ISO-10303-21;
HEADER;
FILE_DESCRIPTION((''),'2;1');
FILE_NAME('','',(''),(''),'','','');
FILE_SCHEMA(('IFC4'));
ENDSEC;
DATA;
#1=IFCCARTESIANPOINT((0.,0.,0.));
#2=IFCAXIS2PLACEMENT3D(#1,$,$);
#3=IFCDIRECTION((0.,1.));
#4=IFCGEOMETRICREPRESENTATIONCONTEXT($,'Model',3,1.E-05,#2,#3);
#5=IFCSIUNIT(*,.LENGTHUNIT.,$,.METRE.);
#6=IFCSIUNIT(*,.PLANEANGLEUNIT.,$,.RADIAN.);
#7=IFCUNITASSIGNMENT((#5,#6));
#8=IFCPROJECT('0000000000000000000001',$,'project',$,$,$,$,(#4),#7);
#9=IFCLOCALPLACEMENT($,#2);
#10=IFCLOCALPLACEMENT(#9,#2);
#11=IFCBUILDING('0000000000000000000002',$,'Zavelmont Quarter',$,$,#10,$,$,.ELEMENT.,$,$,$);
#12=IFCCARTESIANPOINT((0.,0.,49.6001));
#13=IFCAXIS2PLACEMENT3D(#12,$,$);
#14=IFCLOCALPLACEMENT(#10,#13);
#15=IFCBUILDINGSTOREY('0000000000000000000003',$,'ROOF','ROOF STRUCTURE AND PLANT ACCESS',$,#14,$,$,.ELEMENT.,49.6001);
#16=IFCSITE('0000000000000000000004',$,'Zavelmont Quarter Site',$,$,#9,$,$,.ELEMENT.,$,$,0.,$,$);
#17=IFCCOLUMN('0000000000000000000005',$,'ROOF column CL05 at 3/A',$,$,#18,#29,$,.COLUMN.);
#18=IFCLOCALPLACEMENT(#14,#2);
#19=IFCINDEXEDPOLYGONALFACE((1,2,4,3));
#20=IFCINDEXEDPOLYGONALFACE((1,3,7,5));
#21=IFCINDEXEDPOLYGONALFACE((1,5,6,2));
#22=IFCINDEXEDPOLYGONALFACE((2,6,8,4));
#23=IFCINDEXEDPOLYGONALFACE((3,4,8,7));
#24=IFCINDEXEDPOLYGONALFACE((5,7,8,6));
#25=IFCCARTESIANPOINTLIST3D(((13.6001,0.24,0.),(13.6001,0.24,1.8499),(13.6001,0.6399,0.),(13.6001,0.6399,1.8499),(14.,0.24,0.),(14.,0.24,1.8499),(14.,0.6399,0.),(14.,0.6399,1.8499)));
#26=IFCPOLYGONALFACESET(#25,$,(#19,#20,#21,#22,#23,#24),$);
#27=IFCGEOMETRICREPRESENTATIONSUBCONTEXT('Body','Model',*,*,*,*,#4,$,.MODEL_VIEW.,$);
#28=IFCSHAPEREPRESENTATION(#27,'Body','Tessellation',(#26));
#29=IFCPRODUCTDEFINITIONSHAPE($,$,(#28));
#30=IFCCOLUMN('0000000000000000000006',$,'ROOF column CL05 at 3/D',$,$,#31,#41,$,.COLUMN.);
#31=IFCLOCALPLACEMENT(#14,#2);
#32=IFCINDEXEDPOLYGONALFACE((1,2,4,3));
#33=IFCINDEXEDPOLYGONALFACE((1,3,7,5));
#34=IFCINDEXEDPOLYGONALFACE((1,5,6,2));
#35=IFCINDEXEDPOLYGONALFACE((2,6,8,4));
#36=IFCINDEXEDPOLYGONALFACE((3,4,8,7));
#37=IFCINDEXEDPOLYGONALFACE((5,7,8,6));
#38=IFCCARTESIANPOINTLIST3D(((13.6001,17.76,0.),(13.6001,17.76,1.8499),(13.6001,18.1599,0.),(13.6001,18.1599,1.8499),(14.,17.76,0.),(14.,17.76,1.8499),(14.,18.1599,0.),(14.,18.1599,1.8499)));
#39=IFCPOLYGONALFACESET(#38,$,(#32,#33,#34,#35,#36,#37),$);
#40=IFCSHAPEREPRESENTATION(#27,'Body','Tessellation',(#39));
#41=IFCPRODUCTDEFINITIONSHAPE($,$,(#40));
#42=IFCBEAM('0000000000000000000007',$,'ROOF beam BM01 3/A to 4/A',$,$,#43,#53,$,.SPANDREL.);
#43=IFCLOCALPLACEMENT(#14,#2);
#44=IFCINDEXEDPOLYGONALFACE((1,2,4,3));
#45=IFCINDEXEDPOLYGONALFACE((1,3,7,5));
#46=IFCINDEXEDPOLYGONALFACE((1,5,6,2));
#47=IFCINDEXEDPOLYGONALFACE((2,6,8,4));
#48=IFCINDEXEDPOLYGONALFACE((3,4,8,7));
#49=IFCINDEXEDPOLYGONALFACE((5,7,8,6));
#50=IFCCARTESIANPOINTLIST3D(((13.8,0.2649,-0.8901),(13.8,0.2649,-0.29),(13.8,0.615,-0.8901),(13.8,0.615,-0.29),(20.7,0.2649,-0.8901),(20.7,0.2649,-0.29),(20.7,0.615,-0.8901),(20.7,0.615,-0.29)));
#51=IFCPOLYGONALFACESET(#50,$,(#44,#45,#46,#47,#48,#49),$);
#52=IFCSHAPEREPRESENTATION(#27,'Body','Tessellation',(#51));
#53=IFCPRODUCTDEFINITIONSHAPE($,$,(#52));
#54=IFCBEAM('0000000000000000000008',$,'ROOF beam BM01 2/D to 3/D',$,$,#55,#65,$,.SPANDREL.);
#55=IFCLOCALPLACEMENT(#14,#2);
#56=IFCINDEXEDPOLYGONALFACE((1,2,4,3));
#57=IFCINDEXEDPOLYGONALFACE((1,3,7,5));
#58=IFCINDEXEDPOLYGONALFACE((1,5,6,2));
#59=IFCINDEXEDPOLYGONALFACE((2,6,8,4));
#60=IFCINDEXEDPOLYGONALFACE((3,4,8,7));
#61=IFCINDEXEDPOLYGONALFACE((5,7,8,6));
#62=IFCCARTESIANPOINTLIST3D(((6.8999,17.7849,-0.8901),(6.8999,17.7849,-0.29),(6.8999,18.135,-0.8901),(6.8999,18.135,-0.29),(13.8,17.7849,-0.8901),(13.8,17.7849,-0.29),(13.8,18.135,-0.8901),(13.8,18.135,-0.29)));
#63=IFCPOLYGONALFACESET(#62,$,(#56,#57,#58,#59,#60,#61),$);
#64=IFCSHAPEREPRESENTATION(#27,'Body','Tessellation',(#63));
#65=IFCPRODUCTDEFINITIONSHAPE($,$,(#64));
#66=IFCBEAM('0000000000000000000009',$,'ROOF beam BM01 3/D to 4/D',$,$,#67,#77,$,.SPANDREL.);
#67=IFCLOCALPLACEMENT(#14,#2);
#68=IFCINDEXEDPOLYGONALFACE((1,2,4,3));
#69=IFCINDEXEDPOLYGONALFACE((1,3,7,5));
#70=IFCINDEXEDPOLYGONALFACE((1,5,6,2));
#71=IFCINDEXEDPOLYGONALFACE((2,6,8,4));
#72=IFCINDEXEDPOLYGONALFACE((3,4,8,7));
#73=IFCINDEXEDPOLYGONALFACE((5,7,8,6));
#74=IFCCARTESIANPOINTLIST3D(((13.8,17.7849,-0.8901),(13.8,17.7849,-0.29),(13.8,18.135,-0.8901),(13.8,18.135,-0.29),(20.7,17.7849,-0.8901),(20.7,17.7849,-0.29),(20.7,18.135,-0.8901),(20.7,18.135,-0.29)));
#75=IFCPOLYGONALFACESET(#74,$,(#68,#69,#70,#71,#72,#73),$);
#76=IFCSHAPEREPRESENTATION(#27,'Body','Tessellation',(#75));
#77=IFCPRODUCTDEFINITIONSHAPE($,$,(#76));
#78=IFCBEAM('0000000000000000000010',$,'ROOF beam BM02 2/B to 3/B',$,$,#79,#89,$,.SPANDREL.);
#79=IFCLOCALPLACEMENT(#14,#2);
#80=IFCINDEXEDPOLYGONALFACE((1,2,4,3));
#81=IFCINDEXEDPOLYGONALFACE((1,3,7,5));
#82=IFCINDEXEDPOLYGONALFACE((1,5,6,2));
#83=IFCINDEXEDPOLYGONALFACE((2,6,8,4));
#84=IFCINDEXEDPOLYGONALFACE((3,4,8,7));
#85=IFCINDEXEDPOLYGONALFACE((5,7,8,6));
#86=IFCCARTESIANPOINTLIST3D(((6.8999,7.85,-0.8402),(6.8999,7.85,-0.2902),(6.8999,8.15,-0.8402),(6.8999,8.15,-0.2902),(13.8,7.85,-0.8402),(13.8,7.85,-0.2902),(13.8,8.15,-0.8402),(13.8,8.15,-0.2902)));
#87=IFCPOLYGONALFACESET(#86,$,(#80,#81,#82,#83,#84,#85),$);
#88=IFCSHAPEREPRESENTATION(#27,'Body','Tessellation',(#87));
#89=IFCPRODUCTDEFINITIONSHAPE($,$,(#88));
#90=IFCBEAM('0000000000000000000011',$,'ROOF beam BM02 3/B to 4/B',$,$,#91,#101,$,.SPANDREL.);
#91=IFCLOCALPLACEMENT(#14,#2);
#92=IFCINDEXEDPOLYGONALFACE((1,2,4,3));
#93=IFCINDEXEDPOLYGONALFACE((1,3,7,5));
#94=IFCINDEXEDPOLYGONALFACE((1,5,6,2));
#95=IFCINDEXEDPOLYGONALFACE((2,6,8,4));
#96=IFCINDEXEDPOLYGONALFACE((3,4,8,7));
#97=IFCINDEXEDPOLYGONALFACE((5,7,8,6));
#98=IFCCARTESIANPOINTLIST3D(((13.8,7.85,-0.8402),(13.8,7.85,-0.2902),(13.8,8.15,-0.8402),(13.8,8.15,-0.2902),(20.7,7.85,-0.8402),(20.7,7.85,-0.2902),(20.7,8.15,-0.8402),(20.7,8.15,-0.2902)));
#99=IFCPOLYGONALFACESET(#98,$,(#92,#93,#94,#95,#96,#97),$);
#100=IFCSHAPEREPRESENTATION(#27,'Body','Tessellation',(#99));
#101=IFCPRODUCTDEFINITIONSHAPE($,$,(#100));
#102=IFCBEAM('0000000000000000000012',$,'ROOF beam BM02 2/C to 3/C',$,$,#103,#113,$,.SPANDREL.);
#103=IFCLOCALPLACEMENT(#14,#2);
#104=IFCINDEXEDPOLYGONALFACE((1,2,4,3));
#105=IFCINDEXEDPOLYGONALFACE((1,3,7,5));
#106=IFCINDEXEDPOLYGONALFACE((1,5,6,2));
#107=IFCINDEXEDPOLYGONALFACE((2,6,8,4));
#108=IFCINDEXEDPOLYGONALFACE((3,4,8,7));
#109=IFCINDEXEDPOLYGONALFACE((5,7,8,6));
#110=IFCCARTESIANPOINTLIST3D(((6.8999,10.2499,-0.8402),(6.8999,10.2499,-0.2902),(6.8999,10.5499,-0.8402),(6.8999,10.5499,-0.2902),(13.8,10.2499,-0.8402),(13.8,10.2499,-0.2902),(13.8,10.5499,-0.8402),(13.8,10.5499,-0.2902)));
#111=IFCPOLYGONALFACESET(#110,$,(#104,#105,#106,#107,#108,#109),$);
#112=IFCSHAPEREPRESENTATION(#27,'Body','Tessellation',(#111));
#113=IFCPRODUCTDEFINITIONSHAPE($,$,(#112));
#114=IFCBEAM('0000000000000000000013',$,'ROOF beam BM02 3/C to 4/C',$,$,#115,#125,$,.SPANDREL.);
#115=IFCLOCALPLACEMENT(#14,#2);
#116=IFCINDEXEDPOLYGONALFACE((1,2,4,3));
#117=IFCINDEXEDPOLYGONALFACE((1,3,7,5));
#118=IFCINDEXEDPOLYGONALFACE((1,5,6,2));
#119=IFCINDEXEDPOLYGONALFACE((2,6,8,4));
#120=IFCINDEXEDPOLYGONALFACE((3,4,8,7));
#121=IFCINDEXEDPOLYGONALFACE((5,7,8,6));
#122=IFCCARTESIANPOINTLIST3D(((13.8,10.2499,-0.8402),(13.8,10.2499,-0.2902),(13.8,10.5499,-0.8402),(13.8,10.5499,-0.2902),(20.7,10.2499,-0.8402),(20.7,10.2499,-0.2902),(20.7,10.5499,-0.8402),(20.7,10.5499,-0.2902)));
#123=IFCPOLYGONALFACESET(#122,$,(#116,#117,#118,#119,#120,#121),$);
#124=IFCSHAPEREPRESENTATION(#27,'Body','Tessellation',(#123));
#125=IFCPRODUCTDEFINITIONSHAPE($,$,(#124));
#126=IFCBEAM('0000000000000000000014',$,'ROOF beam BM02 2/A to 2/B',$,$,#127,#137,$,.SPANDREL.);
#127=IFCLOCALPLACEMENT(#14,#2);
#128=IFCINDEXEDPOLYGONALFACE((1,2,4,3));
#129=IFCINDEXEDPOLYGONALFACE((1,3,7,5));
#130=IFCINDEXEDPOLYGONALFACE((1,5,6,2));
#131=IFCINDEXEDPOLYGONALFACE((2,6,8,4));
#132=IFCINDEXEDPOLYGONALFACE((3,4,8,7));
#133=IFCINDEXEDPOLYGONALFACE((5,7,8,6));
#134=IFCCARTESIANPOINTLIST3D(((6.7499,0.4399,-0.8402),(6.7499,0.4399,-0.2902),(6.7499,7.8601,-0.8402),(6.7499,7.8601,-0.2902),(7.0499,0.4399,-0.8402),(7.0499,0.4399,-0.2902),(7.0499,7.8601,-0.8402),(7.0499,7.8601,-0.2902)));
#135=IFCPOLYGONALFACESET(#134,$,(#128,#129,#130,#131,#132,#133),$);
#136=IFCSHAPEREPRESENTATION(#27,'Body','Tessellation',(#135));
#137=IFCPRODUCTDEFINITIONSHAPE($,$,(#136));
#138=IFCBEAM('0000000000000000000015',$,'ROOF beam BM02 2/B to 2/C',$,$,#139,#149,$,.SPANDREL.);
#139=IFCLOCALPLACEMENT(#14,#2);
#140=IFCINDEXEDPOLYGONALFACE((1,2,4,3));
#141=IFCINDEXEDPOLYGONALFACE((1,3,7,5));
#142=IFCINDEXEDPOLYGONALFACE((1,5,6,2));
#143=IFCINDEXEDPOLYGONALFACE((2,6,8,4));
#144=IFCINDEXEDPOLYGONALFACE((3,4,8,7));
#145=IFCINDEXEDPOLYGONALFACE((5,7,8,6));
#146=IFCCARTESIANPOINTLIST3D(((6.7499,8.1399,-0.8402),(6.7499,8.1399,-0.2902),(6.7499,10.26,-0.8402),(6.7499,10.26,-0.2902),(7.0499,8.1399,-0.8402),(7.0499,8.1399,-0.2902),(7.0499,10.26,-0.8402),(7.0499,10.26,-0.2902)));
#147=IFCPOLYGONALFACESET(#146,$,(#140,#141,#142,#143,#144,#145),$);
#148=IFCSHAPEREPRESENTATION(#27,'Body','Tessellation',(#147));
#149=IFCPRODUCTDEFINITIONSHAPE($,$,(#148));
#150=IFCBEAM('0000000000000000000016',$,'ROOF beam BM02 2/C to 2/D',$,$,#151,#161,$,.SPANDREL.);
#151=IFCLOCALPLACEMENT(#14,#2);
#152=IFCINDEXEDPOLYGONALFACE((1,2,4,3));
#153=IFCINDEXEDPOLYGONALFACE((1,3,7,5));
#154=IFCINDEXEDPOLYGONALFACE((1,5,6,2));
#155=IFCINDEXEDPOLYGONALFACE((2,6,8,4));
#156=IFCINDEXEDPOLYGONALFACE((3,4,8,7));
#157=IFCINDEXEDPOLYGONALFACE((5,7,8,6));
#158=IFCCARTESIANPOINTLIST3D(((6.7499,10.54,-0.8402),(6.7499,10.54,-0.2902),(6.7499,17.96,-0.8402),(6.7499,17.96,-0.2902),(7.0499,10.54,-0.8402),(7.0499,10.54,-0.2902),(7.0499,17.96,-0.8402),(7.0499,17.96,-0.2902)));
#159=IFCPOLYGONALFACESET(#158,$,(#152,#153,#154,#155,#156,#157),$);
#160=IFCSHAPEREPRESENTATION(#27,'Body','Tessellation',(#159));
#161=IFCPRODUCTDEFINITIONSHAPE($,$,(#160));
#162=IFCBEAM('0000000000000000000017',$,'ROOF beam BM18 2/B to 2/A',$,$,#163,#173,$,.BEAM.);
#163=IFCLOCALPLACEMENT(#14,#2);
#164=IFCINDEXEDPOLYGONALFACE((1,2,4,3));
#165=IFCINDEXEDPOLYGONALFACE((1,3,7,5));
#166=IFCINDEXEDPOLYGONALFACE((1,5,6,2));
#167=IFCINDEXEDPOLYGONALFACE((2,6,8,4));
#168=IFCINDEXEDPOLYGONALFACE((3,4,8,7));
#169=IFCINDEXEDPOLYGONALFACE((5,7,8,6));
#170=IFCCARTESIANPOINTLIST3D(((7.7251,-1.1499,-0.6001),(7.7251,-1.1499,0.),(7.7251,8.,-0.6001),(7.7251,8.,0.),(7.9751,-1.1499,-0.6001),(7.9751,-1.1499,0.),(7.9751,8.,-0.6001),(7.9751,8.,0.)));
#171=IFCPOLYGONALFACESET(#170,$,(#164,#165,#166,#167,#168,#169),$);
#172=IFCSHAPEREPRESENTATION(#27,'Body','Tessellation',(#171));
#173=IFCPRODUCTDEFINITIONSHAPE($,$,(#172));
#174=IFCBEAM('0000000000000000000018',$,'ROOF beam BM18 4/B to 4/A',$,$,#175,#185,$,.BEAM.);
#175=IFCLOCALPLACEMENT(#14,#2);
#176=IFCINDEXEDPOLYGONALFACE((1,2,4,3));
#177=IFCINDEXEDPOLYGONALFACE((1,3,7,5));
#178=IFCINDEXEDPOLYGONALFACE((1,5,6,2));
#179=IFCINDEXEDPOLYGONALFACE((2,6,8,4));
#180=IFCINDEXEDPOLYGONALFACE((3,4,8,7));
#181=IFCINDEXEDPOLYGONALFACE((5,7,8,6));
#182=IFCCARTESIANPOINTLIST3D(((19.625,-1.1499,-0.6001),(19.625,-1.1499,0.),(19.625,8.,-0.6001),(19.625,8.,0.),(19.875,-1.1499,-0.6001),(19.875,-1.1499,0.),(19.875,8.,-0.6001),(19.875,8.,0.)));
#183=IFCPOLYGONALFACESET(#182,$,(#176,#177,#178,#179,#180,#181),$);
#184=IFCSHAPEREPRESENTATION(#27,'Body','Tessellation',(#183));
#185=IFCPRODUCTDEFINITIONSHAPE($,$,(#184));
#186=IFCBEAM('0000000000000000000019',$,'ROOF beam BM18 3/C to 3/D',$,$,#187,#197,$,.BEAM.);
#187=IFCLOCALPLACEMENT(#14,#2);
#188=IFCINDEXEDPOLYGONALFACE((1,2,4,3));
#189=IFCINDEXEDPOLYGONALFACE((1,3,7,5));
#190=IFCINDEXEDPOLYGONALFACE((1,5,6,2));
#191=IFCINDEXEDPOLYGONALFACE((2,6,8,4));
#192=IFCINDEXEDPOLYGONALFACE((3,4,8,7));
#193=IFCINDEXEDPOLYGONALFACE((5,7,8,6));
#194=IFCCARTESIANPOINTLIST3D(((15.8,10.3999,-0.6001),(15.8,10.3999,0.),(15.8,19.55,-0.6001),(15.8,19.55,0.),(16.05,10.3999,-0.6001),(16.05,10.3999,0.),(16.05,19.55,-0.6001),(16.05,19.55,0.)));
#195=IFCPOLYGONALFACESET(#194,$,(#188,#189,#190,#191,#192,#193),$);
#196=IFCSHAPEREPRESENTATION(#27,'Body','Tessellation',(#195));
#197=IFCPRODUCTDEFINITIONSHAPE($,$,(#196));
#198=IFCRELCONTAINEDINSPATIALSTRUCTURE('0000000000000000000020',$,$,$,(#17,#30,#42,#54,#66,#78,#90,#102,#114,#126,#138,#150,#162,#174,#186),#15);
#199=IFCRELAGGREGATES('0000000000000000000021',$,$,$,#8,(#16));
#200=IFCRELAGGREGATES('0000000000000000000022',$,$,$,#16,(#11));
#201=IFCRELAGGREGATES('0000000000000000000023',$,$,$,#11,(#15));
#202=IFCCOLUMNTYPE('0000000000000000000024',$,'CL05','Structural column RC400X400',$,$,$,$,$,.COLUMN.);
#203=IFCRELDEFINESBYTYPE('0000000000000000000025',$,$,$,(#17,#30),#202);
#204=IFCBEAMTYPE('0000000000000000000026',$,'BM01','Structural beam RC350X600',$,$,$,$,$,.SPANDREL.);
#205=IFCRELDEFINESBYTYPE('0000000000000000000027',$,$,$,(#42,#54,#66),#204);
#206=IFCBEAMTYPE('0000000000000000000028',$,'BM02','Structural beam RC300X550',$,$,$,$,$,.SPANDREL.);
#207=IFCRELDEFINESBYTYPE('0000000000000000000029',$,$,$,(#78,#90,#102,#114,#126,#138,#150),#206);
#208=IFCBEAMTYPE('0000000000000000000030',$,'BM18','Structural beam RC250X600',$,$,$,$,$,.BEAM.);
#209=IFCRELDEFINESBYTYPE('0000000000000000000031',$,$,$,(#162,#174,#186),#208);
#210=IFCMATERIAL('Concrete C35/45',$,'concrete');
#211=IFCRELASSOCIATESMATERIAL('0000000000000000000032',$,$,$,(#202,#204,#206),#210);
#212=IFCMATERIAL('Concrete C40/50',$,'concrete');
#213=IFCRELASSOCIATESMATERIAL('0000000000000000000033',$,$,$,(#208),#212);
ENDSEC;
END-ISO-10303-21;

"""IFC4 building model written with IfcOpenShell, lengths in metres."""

from ifc_helpers import new_model, si_unit, direction, frame, origin, origin_2d, place, context, subcontext, project, spatial, rectangle, extrude, material, material_profile, profile_set, type_object, element, save


model = new_model("IFC4")

# Units and contexts
model_context = context("Model", 3, precision=1e-05, world=origin(), true_north=direction((0.0, 1.0)))
body_context = subcontext(model_context, "Body", "Model", "MODEL_VIEW")
ifc_project = project(units=[si_unit("LENGTHUNIT", "METRE"), si_unit("PLANEANGLEUNIT", "RADIAN")], contexts=[model_context])

# Site, building, storey
site_placement = place(None, origin())
site = spatial("IfcSite", under=ifc_project, at=site_placement, Name="Zavelmont Quarter Site", CompositionType="ELEMENT", RefElevation=0.0)
building_placement = place(site_placement, origin())
building = spatial("IfcBuilding", under=site, at=building_placement, Name="Zavelmont Quarter", CompositionType="ELEMENT")
storey_placement = place(building_placement, frame((0.0, 0.0, 49.6001)))
storey = spatial("IfcBuildingStorey", under=building, at=storey_placement, Name="ROOF", Description="ROOF STRUCTURE AND PLANT ACCESS", CompositionType="ELEMENT", Elevation=49.6001)

# Columns
ifc_material_1 = material(Name="Concrete C35/45", Category="concrete")
ifc_material_profile_1 = material_profile(ifc_material_1, rectangle(XDim=0.3999, YDim=0.3999, at=origin_2d()), Name="RC400X400")
ifc_profile_set_1 = profile_set([ifc_material_profile_1], Name="Concrete C35/45")
column_type = type_object("IfcColumnType", Name="CL05", Description="Structural column RC400X400", PredefinedType="COLUMN", material=ifc_profile_set_1)
for number, where, z_axis, x_axis, name in (
    (1, (13.8, 0.4399, 0.0), (0.0, 0.0, 1.0), (1.0, 0.0, 0.0), "ROOF column CL05 at 3/A"),
    (2, (13.8, 17.96, 0.0), (0.0, 0.0, 1.0), (1.0, 0.0, 0.0), "ROOF column CL05 at 3/D"),
):
    element("IfcColumn", number, at=place(storey_placement, frame(where, z_axis=z_axis, x_axis=x_axis)), inside=storey, type_object=column_type, Name=name, PredefinedType="COLUMN", context=body_context, shape_type="SweptSolid", body=[
        extrude(rectangle(XDim=0.3999, YDim=0.3999, at=origin_2d()), origin(), (0.0, 0.0, 1.0), 1.8499),
    ])

# Beams
ifc_material_profile_2 = material_profile(ifc_material_1, rectangle(XDim=0.3501, YDim=0.6001, at=origin_2d()), Name="RC350X600")
ifc_profile_set_2 = profile_set([ifc_material_profile_2], Name="Concrete C35/45")
beam_type_1 = type_object("IfcBeamType", Name="BM01", Description="Structural beam RC350X600", PredefinedType="SPANDREL", material=ifc_profile_set_2)
beam_1_placement = place(storey_placement, frame((13.8, 0.4399, -0.5901), z_axis=(1.0, 0.0, 0.0), x_axis=(0.0, 1.0, 0.0)))
element("IfcBeam", 3, at=beam_1_placement, inside=storey, type_object=beam_type_1, Name="ROOF beam BM01 3/A to 4/A", PredefinedType="SPANDREL", context=body_context, shape_type="SweptSolid", body=[
    extrude(rectangle(XDim=0.3501, YDim=0.6001, at=origin_2d()), origin(), (0.0, 0.0, 1.0), 6.8999),
])
beam_2_placement = place(storey_placement, frame((6.8999, 17.96, -0.5901), z_axis=(1.0, 0.0, 0.0), x_axis=(0.0, 1.0, 0.0)))
element("IfcBeam", 4, at=beam_2_placement, inside=storey, type_object=beam_type_1, Name="ROOF beam BM01 2/D to 3/D", PredefinedType="SPANDREL", context=body_context, shape_type="SweptSolid", body=[
    extrude(rectangle(XDim=0.3501, YDim=0.6001, at=origin_2d()), origin(), (0.0, 0.0, 1.0), 6.9001),
])
beam_3_placement = place(storey_placement, frame((13.8, 17.96, -0.5901), z_axis=(1.0, 0.0, 0.0), x_axis=(0.0, 1.0, 0.0)))
element("IfcBeam", 5, at=beam_3_placement, inside=storey, type_object=beam_type_1, Name="ROOF beam BM01 3/D to 4/D", PredefinedType="SPANDREL", context=body_context, shape_type="SweptSolid", body=[
    extrude(rectangle(XDim=0.3501, YDim=0.6001, at=origin_2d()), origin(), (0.0, 0.0, 1.0), 6.8999),
])
ifc_material_profile_3 = material_profile(ifc_material_1, rectangle(XDim=0.3, YDim=0.55, at=origin_2d()), Name="RC300X550")
ifc_profile_set_3 = profile_set([ifc_material_profile_3], Name="Concrete C35/45")
beam_type_2 = type_object("IfcBeamType", Name="BM02", Description="Structural beam RC300X550", PredefinedType="SPANDREL", material=ifc_profile_set_3)
beam_4_placement = place(storey_placement, frame((6.8999, 8.0, -0.5652), z_axis=(1.0, 0.0, 0.0), x_axis=(0.0, 1.0, 0.0)))
element("IfcBeam", 6, at=beam_4_placement, inside=storey, type_object=beam_type_2, Name="ROOF beam BM02 2/B to 3/B", PredefinedType="SPANDREL", context=body_context, shape_type="SweptSolid", body=[
    extrude(rectangle(XDim=0.3, YDim=0.55, at=origin_2d()), origin(), (0.0, 0.0, 1.0), 6.9001),
])
beam_5_placement = place(storey_placement, frame((13.8, 8.0, -0.5652), z_axis=(1.0, 0.0, 0.0), x_axis=(0.0, 1.0, 0.0)))
element("IfcBeam", 7, at=beam_5_placement, inside=storey, type_object=beam_type_2, Name="ROOF beam BM02 3/B to 4/B", PredefinedType="SPANDREL", context=body_context, shape_type="SweptSolid", body=[
    extrude(rectangle(XDim=0.3, YDim=0.55, at=origin_2d()), origin(), (0.0, 0.0, 1.0), 6.8999),
])
beam_6_placement = place(storey_placement, frame((6.8999, 10.3999, -0.5652), z_axis=(1.0, 0.0, 0.0), x_axis=(0.0, 1.0, 0.0)))
element("IfcBeam", 8, at=beam_6_placement, inside=storey, type_object=beam_type_2, Name="ROOF beam BM02 2/C to 3/C", PredefinedType="SPANDREL", context=body_context, shape_type="SweptSolid", body=[
    extrude(rectangle(XDim=0.3, YDim=0.55, at=origin_2d()), origin(), (0.0, 0.0, 1.0), 6.9001),
])
beam_7_placement = place(storey_placement, frame((13.8, 10.3999, -0.5652), z_axis=(1.0, 0.0, 0.0), x_axis=(0.0, 1.0, 0.0)))
element("IfcBeam", 9, at=beam_7_placement, inside=storey, type_object=beam_type_2, Name="ROOF beam BM02 3/C to 4/C", PredefinedType="SPANDREL", context=body_context, shape_type="SweptSolid", body=[
    extrude(rectangle(XDim=0.3, YDim=0.55, at=origin_2d()), origin(), (0.0, 0.0, 1.0), 6.8999),
])
beam_8_placement = place(storey_placement, frame((6.8999, 0.4399, -0.5652), z_axis=(0.0, 1.0, 0.0), x_axis=(-1.0, 0.0, 0.0)))
element("IfcBeam", 10, at=beam_8_placement, inside=storey, type_object=beam_type_2, Name="ROOF beam BM02 2/A to 2/B", PredefinedType="SPANDREL", context=body_context, shape_type="SweptSolid", body=[
    extrude(rectangle(XDim=0.3, YDim=0.55, at=origin_2d()), origin(), (0.0, 0.0, 1.0), 7.4202),
])
beam_9_placement = place(storey_placement, frame((6.8999, 8.1399, -0.5652), z_axis=(0.0, 1.0, 0.0), x_axis=(-1.0, 0.0, 0.0)))
element("IfcBeam", 11, at=beam_9_placement, inside=storey, type_object=beam_type_2, Name="ROOF beam BM02 2/B to 2/C", PredefinedType="SPANDREL", context=body_context, shape_type="SweptSolid", body=[
    extrude(rectangle(XDim=0.3, YDim=0.55, at=origin_2d()), origin(), (0.0, 0.0, 1.0), 2.1201),
])
beam_10_placement = place(storey_placement, frame((6.8999, 10.54, -0.5652), z_axis=(0.0, 1.0, 0.0), x_axis=(-1.0, 0.0, 0.0)))
element("IfcBeam", 12, at=beam_10_placement, inside=storey, type_object=beam_type_2, Name="ROOF beam BM02 2/C to 2/D", PredefinedType="SPANDREL", context=body_context, shape_type="SweptSolid", body=[
    extrude(rectangle(XDim=0.3, YDim=0.55, at=origin_2d()), origin(), (0.0, 0.0, 1.0), 7.4199),
])
ifc_material_2 = material(Name="Concrete C40/50", Category="concrete")
ifc_material_profile_4 = material_profile(ifc_material_2, rectangle(XDim=0.25, YDim=0.6001, at=origin_2d()), Name="RC250X600")
ifc_profile_set_4 = profile_set([ifc_material_profile_4], Name="Concrete C40/50")
beam_type_3 = type_object("IfcBeamType", Name="BM18", Description="Structural beam RC250X600", PredefinedType="BEAM", material=ifc_profile_set_4)
for number, where, z_axis, x_axis, name in (
    (13, (7.8501, 8.0, -0.3), (0.0, -1.0, 0.0), (1.0, 0.0, 0.0), "ROOF beam BM18 2/B to 2/A"),
    (14, (19.75, 8.0, -0.3), (0.0, -1.0, 0.0), (1.0, 0.0, 0.0), "ROOF beam BM18 4/B to 4/A"),
):
    element("IfcBeam", number, at=place(storey_placement, frame(where, z_axis=z_axis, x_axis=x_axis)), inside=storey, type_object=beam_type_3, Name=name, PredefinedType="BEAM", context=body_context, shape_type="SweptSolid", body=[
        extrude(rectangle(XDim=0.25, YDim=0.6001, at=origin_2d()), origin(), (0.0, 0.0, 1.0), 9.1499),
    ])
for number, where, z_axis, x_axis, name in (
    (15, (15.925, 10.3999, -0.3), (0.0, 1.0, 0.0), (-1.0, 0.0, 0.0), "ROOF beam BM18 3/C to 3/D"),
):
    element("IfcBeam", number, at=place(storey_placement, frame(where, z_axis=z_axis, x_axis=x_axis)), inside=storey, type_object=beam_type_3, Name=name, PredefinedType="BEAM", context=body_context, shape_type="SweptSolid", body=[
        extrude(rectangle(XDim=0.25, YDim=0.6001, at=origin_2d()), origin(), (0.0, 0.0, 1.0), 9.1501),
    ])

save(model, "model.ifc")
